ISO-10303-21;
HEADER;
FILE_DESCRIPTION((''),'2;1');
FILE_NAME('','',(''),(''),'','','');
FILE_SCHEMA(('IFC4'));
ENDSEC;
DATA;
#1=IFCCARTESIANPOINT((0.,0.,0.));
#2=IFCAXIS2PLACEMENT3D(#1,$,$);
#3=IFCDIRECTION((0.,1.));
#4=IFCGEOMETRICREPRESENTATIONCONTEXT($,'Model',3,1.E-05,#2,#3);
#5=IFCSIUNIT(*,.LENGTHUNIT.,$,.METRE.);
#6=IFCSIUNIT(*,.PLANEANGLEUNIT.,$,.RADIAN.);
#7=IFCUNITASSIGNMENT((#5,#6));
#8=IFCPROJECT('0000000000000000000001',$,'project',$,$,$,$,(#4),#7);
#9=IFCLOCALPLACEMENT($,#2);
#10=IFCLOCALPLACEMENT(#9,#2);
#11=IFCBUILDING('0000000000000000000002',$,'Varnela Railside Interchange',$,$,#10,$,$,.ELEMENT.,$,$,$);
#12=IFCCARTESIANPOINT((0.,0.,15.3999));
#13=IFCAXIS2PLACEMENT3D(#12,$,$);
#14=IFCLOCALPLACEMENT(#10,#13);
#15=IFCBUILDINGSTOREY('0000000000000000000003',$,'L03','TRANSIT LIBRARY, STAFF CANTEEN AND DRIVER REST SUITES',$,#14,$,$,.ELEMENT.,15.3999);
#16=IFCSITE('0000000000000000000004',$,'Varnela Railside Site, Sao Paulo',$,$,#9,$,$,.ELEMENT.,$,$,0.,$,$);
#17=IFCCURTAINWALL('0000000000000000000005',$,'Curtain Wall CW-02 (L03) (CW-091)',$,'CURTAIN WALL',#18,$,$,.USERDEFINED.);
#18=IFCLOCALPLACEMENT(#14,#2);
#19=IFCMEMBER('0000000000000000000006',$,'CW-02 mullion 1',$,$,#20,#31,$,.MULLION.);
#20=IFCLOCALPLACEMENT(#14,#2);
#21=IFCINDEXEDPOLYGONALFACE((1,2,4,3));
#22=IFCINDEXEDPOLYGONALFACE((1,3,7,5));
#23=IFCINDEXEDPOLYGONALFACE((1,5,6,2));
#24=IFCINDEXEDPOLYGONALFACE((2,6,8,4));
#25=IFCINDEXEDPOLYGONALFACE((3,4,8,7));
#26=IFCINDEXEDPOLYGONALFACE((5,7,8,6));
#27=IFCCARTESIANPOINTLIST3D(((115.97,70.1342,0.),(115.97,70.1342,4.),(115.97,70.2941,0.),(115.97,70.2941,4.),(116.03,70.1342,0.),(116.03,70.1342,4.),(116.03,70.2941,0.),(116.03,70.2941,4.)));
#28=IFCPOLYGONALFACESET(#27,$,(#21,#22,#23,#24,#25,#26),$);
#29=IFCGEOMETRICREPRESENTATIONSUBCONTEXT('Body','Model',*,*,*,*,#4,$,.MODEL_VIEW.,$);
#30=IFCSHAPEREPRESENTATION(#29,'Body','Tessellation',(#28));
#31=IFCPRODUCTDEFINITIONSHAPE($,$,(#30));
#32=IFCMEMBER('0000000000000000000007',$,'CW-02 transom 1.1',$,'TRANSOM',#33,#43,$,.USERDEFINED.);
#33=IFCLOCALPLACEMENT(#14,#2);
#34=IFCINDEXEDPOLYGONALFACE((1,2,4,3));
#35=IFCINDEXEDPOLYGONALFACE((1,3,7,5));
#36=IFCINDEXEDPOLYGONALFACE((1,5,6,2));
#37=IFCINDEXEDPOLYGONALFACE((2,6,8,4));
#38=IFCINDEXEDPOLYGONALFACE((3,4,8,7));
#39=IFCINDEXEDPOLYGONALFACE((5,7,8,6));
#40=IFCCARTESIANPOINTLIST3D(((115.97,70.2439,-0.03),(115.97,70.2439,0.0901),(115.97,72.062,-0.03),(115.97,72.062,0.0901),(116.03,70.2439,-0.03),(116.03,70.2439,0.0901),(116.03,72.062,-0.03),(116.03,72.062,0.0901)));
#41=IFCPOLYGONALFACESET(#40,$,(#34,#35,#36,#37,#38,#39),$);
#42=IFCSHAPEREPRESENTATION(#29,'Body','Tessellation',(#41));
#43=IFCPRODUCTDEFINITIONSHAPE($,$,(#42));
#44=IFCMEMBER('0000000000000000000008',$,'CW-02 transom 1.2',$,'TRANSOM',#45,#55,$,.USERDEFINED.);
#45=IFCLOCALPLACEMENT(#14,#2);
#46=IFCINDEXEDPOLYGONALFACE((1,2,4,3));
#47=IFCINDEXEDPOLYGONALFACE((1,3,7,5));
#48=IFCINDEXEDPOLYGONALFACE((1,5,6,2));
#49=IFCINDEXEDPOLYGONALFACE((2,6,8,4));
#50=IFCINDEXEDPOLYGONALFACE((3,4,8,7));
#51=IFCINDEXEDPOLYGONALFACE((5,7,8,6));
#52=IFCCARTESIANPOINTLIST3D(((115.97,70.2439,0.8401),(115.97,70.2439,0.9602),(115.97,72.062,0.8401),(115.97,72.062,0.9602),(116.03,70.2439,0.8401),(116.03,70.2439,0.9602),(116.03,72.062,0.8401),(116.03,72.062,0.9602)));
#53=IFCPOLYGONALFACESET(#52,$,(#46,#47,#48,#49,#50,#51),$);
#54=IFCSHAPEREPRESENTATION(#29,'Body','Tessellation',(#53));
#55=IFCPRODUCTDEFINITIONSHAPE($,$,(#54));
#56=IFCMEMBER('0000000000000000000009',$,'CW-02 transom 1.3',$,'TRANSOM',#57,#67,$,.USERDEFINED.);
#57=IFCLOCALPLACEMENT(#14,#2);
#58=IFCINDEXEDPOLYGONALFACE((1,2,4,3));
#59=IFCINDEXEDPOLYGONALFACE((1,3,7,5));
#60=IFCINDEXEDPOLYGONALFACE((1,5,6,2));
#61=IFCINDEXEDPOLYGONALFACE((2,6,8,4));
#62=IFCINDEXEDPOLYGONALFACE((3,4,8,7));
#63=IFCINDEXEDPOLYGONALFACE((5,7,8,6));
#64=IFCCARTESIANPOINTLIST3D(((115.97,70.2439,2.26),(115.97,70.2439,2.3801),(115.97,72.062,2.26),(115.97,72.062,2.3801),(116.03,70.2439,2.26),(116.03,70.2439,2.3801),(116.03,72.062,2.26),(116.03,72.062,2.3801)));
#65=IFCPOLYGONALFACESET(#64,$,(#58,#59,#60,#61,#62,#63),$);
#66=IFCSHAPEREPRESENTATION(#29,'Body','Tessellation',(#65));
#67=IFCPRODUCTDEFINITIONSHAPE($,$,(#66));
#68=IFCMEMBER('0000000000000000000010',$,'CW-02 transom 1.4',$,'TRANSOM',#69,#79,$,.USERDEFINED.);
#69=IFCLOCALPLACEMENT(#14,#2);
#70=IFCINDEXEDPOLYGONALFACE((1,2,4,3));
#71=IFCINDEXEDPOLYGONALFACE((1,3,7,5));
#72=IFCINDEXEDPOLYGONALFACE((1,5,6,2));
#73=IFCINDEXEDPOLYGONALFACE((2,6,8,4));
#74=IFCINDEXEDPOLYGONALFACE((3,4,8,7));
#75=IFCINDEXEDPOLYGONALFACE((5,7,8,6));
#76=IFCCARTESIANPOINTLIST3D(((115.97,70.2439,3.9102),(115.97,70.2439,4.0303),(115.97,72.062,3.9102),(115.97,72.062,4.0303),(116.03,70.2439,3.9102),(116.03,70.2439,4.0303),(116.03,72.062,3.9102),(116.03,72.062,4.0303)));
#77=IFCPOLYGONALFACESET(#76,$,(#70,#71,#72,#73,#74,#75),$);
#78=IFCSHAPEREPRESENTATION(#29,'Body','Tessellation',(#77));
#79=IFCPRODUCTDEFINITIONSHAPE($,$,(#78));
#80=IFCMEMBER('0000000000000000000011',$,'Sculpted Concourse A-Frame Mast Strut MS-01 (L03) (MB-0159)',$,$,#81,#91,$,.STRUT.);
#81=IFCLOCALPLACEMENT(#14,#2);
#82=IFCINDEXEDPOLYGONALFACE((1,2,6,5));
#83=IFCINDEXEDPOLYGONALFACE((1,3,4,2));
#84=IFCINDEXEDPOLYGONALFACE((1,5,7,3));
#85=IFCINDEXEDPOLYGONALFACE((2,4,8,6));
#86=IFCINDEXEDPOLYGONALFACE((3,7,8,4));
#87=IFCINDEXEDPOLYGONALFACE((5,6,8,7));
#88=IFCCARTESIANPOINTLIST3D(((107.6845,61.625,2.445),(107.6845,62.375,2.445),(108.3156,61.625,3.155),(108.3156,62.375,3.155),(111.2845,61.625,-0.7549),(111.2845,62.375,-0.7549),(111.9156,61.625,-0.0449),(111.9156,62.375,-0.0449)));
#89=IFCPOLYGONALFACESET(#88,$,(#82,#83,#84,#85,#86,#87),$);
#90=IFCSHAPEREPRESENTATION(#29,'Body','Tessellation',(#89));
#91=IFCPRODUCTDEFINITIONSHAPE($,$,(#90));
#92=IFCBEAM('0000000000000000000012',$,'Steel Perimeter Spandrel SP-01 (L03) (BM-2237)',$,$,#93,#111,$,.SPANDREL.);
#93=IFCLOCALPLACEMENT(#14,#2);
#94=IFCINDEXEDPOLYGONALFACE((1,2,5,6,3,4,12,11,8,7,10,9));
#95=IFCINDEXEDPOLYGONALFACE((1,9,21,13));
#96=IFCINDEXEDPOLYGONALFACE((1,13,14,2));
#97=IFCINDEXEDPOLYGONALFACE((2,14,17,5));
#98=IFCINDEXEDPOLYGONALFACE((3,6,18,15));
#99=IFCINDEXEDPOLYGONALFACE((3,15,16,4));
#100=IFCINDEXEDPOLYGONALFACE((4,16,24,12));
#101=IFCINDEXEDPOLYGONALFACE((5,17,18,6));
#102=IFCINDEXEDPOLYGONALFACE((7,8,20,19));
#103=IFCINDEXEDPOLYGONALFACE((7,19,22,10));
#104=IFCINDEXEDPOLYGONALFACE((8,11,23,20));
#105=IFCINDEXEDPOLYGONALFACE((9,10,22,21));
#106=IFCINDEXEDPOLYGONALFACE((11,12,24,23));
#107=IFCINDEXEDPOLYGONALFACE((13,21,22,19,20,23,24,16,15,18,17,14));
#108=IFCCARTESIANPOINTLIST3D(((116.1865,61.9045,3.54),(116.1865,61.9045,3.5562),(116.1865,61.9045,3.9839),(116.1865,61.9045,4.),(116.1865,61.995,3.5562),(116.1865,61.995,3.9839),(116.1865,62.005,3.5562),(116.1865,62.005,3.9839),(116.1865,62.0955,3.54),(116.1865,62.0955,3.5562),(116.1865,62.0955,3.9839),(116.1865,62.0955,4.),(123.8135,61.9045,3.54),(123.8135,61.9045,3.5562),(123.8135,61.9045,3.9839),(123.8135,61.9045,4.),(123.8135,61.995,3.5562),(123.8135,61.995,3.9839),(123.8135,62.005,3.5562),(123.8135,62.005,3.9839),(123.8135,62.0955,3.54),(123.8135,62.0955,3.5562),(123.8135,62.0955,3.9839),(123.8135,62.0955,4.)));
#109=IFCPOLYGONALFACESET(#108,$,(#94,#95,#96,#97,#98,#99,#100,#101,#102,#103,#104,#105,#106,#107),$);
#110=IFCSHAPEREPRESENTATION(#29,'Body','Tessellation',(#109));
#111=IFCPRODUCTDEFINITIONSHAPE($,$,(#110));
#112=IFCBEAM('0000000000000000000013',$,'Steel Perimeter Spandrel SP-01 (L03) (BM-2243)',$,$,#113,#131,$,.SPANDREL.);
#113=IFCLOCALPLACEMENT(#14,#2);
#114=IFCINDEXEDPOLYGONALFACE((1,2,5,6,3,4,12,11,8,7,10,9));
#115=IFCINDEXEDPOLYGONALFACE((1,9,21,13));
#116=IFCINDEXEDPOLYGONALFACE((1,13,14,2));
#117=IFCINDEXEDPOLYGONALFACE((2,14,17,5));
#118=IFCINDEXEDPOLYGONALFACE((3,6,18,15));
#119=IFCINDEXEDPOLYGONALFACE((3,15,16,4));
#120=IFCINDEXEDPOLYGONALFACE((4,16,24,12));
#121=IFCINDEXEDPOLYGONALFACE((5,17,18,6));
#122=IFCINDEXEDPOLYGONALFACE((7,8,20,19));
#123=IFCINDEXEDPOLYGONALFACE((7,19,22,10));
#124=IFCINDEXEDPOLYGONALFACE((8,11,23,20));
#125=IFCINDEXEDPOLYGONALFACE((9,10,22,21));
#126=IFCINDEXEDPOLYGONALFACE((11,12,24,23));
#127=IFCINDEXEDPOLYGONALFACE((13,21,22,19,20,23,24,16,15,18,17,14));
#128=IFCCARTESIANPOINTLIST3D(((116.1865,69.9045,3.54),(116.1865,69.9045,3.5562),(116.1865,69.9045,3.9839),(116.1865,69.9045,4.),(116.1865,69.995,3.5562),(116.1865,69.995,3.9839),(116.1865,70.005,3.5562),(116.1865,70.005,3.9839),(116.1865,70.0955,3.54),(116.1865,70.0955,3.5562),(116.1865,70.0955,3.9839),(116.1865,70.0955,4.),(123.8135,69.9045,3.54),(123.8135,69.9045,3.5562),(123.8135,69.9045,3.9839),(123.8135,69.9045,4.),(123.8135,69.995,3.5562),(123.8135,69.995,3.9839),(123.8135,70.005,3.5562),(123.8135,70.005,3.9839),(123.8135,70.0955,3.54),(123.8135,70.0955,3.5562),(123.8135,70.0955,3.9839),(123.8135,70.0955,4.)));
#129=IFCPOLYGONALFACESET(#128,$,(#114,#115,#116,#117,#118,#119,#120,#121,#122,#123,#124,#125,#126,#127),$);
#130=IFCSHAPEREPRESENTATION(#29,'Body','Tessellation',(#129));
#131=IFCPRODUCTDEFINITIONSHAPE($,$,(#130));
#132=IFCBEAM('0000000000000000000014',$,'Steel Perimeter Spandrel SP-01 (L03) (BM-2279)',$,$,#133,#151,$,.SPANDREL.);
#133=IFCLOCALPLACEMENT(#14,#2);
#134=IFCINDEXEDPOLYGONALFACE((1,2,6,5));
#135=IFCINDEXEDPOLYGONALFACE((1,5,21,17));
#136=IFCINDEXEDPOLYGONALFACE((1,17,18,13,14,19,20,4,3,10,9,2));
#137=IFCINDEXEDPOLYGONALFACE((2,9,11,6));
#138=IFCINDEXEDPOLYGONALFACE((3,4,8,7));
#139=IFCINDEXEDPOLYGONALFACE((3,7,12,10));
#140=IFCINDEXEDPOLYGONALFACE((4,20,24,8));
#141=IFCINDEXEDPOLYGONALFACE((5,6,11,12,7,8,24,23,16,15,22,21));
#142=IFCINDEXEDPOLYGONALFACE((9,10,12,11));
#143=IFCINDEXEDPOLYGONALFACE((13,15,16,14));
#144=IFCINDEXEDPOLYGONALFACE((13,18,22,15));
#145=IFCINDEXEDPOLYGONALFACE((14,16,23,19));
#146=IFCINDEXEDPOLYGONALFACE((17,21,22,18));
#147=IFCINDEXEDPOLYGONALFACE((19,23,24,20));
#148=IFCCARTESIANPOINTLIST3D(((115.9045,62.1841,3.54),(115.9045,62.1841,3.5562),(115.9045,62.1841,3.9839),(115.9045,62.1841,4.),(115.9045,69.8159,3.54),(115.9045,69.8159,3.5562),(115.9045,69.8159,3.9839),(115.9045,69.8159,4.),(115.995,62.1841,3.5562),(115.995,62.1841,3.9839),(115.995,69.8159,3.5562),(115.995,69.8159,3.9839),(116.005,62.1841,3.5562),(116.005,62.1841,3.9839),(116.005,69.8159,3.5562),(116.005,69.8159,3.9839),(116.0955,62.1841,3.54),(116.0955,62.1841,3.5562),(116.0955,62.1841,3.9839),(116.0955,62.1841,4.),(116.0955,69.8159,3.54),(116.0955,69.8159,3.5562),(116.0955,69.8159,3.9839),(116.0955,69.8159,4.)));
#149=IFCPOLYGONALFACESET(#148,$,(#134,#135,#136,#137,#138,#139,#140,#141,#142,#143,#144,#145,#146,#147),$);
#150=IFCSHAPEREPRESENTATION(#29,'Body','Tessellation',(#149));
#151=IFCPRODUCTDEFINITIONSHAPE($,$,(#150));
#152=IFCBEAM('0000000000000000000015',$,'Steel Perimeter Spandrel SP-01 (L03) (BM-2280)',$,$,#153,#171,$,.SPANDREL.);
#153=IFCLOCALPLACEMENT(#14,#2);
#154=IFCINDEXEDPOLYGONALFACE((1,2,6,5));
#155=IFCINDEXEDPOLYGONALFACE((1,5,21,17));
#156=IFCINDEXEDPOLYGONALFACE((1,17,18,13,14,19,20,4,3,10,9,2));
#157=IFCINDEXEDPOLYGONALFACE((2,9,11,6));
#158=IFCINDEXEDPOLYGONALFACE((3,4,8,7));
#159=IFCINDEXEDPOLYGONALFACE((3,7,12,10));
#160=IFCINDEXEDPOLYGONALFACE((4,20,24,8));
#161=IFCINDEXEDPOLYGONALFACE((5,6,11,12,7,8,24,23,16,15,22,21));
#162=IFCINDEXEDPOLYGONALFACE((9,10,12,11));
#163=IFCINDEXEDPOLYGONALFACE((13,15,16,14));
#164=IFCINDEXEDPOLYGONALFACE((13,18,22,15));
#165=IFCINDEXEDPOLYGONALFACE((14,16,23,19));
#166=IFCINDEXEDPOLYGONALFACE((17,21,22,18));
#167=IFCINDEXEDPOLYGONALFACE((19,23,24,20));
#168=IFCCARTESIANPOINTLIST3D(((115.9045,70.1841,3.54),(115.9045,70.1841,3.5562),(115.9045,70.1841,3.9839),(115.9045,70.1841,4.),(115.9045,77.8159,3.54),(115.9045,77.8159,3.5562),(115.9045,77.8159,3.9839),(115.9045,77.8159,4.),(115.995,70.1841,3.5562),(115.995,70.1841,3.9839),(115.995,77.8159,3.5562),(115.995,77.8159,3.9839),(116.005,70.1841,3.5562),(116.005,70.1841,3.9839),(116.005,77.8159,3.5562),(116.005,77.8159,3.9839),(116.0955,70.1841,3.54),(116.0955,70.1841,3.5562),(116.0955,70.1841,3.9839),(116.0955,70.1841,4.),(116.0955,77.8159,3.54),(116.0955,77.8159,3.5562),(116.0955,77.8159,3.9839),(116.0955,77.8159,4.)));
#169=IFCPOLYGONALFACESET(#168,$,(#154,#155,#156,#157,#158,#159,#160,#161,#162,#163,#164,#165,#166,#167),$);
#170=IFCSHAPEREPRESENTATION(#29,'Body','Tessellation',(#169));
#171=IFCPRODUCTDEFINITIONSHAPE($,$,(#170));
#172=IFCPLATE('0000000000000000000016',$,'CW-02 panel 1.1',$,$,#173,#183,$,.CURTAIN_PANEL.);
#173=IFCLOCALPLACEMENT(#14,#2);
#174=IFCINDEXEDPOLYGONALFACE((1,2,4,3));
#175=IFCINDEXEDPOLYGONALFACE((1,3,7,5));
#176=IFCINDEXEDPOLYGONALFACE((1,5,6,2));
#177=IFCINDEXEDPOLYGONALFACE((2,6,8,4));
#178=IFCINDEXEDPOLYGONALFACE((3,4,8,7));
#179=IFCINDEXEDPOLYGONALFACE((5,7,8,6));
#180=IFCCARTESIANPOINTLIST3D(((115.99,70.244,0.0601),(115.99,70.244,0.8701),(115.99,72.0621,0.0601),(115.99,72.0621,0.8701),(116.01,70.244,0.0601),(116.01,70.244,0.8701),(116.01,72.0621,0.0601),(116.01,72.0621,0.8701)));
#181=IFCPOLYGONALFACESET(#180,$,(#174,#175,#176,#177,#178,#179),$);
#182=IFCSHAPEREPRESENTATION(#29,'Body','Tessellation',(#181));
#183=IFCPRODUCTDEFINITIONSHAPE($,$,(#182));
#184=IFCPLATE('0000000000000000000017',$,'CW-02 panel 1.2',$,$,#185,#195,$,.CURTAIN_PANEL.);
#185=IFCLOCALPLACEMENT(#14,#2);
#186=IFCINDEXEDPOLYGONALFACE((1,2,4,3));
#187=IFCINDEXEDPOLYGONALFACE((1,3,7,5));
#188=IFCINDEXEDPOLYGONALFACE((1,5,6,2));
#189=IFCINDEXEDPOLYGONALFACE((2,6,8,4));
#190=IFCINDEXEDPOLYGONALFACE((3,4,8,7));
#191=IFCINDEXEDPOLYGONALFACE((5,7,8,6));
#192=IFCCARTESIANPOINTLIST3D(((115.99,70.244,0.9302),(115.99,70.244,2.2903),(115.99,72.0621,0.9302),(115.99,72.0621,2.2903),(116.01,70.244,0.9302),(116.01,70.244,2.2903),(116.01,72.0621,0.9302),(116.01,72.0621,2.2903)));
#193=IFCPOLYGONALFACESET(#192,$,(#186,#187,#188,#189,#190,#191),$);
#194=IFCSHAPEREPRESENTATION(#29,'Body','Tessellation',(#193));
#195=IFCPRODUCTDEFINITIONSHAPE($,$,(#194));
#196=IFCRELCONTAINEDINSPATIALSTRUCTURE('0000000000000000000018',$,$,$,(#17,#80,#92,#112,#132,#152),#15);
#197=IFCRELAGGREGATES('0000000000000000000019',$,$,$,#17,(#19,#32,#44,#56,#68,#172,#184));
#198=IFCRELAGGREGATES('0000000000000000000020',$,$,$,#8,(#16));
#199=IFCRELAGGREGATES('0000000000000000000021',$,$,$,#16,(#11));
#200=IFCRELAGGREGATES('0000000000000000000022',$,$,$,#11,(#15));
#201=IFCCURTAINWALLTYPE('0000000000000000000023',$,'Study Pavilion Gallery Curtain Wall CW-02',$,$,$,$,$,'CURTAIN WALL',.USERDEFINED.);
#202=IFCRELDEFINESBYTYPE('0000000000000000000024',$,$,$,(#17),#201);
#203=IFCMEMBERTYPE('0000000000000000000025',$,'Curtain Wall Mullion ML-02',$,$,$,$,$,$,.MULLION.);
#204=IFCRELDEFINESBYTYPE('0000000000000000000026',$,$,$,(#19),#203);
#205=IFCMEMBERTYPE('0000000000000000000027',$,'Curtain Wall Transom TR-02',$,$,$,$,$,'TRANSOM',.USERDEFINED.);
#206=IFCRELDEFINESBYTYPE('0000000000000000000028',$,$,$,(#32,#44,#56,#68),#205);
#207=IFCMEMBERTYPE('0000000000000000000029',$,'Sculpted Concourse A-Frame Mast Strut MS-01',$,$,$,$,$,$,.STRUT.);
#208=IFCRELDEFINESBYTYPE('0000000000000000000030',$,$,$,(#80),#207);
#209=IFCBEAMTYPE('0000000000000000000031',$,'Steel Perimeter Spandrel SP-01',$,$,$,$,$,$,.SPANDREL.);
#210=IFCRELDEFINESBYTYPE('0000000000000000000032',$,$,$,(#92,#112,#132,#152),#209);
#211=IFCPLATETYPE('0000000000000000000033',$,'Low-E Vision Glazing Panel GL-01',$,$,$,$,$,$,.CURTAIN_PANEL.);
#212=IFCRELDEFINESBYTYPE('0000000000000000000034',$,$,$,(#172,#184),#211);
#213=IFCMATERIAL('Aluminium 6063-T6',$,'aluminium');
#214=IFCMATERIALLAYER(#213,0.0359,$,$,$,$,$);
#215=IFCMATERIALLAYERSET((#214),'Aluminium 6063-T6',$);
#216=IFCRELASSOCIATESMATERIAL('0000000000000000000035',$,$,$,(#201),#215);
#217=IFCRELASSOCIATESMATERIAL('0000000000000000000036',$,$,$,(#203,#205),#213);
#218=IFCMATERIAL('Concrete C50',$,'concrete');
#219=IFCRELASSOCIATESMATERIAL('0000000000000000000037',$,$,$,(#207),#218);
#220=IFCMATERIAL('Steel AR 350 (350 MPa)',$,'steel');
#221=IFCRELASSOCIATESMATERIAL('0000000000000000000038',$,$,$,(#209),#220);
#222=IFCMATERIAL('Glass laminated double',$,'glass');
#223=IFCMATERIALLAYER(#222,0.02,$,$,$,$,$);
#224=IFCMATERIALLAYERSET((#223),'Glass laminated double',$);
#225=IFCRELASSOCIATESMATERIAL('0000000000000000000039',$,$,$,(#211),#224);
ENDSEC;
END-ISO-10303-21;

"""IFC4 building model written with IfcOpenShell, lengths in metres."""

from ifc_helpers import new_model, si_unit, direction, frame, origin, origin_2d, place, context, subcontext, project, spatial, rectangle, i_section, extrude, material, layer, layer_set, material_profile, profile_set, type_object, element, aggregate, save


model = new_model("IFC4")

# Units and contexts
model_context = context("Model", 3, precision=1e-05, world=origin(), true_north=direction((0.0, 1.0)))
body_context = subcontext(model_context, "Body", "Model", "MODEL_VIEW")
ifc_project = project(units=[si_unit("LENGTHUNIT", "METRE"), si_unit("PLANEANGLEUNIT", "RADIAN")], contexts=[model_context])

# Site, building, storey
site_placement = place(None, origin())
site = spatial("IfcSite", under=ifc_project, at=site_placement, Name="Varnela Railside Site, Sao Paulo", CompositionType="ELEMENT", RefElevation=0.0)
building_placement = place(site_placement, origin())
building = spatial("IfcBuilding", under=site, at=building_placement, Name="Varnela Railside Interchange", CompositionType="ELEMENT")
storey_placement = place(building_placement, frame((0.0, 0.0, 15.3999)))
storey = spatial("IfcBuildingStorey", under=building, at=storey_placement, Name="L03", Description="TRANSIT LIBRARY, STAFF CANTEEN AND DRIVER REST SUITES", CompositionType="ELEMENT", Elevation=15.3999)

# Shared definitions
ifc_material_1 = material(Name="Steel AR 350 (350 MPa)", Category="steel")

# Curtain wall, members
ifc_material_2 = material(Name="Aluminium 6063-T6", Category="aluminium")
ifc_layer_1 = layer(ifc_material_2, 0.0359)
ifc_layer_set_1 = layer_set([ifc_layer_1], Name="Aluminium 6063-T6")
curtain_wall_type = type_object("IfcCurtainWallType", Name="Study Pavilion Gallery Curtain Wall CW-02", ElementType="CURTAIN WALL", PredefinedType="USERDEFINED", material=ifc_layer_set_1)
curtain_wall_placement = place(storey_placement, origin())
curtain_wall = element("IfcCurtainWall", 1, at=curtain_wall_placement, inside=storey, type_object=curtain_wall_type, Name="Curtain Wall CW-02 (L03) (CW-091)", ObjectType="CURTAIN WALL", PredefinedType="USERDEFINED")
ifc_material_profile_1 = material_profile(ifc_material_2, rectangle(XDim=0.0601, YDim=0.1599, at=origin_2d()), Name="ALU 60x160")
ifc_profile_set_1 = profile_set([ifc_material_profile_1], Name="Aluminium 6063-T6")
member_type_1 = type_object("IfcMemberType", Name="Curtain Wall Mullion ML-02", PredefinedType="MULLION", material=ifc_profile_set_1)
member_1_placement = place(storey_placement, frame((116.0, 70.2141, 0.0), z_axis=(0.0, 0.0, 1.0), x_axis=(-1.0, 0.0, 0.0)))
member_1 = element("IfcMember", 2, at=member_1_placement, type_object=member_type_1, Name="CW-02 mullion 1", PredefinedType="MULLION", context=body_context, shape_type="SweptSolid", body=[
    extrude(rectangle(XDim=0.0601, YDim=0.1599, at=origin_2d()), origin(), (0.0, 0.0, 1.0), 4.0),
])
ifc_material_profile_2 = material_profile(ifc_material_2, rectangle(XDim=0.0601, YDim=0.1201, at=origin_2d()), Name="ALU 60x120")
ifc_profile_set_2 = profile_set([ifc_material_profile_2], Name="Aluminium 6063-T6")
member_type_2 = type_object("IfcMemberType", Name="Curtain Wall Transom TR-02", ElementType="TRANSOM", PredefinedType="USERDEFINED", material=ifc_profile_set_2)
member_2_placement = place(storey_placement, frame((116.0, 70.2439, 0.03), z_axis=(0.0, 1.0, 0.0), x_axis=(-1.0, 0.0, 0.0)))
member_2 = element("IfcMember", 3, at=member_2_placement, type_object=member_type_2, Name="CW-02 transom 1.1", ObjectType="TRANSOM", PredefinedType="USERDEFINED", context=body_context, shape_type="SweptSolid", body=[
    extrude(rectangle(XDim=0.0601, YDim=0.1201, at=origin_2d()), origin(), (0.0, 0.0, 1.0), 1.8181),
])
member_3_placement = place(storey_placement, frame((116.0, 70.2439, 0.9001), z_axis=(0.0, 1.0, 0.0), x_axis=(-1.0, 0.0, 0.0)))
member_3 = element("IfcMember", 4, at=member_3_placement, type_object=member_type_2, Name="CW-02 transom 1.2", ObjectType="TRANSOM", PredefinedType="USERDEFINED", context=body_context, shape_type="SweptSolid", body=[
    extrude(rectangle(XDim=0.0601, YDim=0.1201, at=origin_2d()), origin(), (0.0, 0.0, 1.0), 1.8181),
])
member_4_placement = place(storey_placement, frame((116.0, 70.2439, 2.3201), z_axis=(0.0, 1.0, 0.0), x_axis=(-1.0, 0.0, 0.0)))
member_4 = element("IfcMember", 5, at=member_4_placement, type_object=member_type_2, Name="CW-02 transom 1.3", ObjectType="TRANSOM", PredefinedType="USERDEFINED", context=body_context, shape_type="SweptSolid", body=[
    extrude(rectangle(XDim=0.0601, YDim=0.1201, at=origin_2d()), origin(), (0.0, 0.0, 1.0), 1.8181),
])
member_5_placement = place(storey_placement, frame((116.0, 70.2439, 3.9702), z_axis=(0.0, 1.0, 0.0), x_axis=(-1.0, 0.0, 0.0)))
member_5 = element("IfcMember", 6, at=member_5_placement, type_object=member_type_2, Name="CW-02 transom 1.4", ObjectType="TRANSOM", PredefinedType="USERDEFINED", context=body_context, shape_type="SweptSolid", body=[
    extrude(rectangle(XDim=0.0601, YDim=0.1201, at=origin_2d()), origin(), (0.0, 0.0, 1.0), 1.8181),
])

# Member
ifc_material_3 = material(Name="Concrete C50", Category="concrete")
ifc_material_profile_3 = material_profile(ifc_material_3, rectangle(XDim=0.75, YDim=0.95, at=origin_2d()), Name="RC 750x950")
ifc_profile_set_3 = profile_set([ifc_material_profile_3], Name="Concrete C50")
member_type_3 = type_object("IfcMemberType", Name="Sculpted Concourse A-Frame Mast Strut MS-01", PredefinedType="STRUT", material=ifc_profile_set_3)
member_6_placement = place(storey_placement, frame((111.6001, 62.0, -0.3999), z_axis=(-0.747423, 0.0, 0.664348), x_axis=(0.0, -1.0, 0.0)))
element("IfcMember", 7, at=member_6_placement, inside=storey, type_object=member_type_3, Name="Sculpted Concourse A-Frame Mast Strut MS-01 (L03) (MB-0159)", PredefinedType="STRUT", context=body_context, shape_type="SweptSolid", body=[
    extrude(rectangle(XDim=0.75, YDim=0.95, at=origin_2d()), origin(), (0.0, 0.0, 1.0), 4.8167),
])

# Beams
ifc_material_profile_4 = material_profile(ifc_material_1, i_section(OverallWidth=0.1909, OverallDepth=0.46, WebThickness=0.01, FlangeThickness=0.0161, at=origin_2d()), Name="W460x82")
ifc_profile_set_4 = profile_set([ifc_material_profile_4], Name="Steel AR 350 (350 MPa)")
beam_type = type_object("IfcBeamType", Name="Steel Perimeter Spandrel SP-01", PredefinedType="SPANDREL", material=ifc_profile_set_4)
for number, where, z_axis, x_axis, name in (
    (8, (116.1865, 62.0, 3.77), (1.0, 0.0, 0.0), (0.0, 1.0, 0.0), "Steel Perimeter Spandrel SP-01 (L03) (BM-2237)"),
    (9, (116.1865, 70.0, 3.77), (1.0, 0.0, 0.0), (0.0, 1.0, 0.0), "Steel Perimeter Spandrel SP-01 (L03) (BM-2243)"),
):
    element("IfcBeam", number, at=place(storey_placement, frame(where, z_axis=z_axis, x_axis=x_axis)), inside=storey, type_object=beam_type, Name=name, PredefinedType="SPANDREL", context=body_context, shape_type="SweptSolid", body=[
        extrude(i_section(OverallWidth=0.1909, OverallDepth=0.46, WebThickness=0.01, FlangeThickness=0.0161, at=origin_2d()), origin(), (0.0, 0.0, 1.0), 7.627),
    ])
for number, where, z_axis, x_axis, name in (
    (10, (116.0, 62.1841, 3.77), (0.0, 1.0, 0.0), (-1.0, 0.0, 0.0), "Steel Perimeter Spandrel SP-01 (L03) (BM-2279)"),
    (11, (116.0, 70.1841, 3.77), (0.0, 1.0, 0.0), (-1.0, 0.0, 0.0), "Steel Perimeter Spandrel SP-01 (L03) (BM-2280)"),
):
    element("IfcBeam", number, at=place(storey_placement, frame(where, z_axis=z_axis, x_axis=x_axis)), inside=storey, type_object=beam_type, Name=name, PredefinedType="SPANDREL", context=body_context, shape_type="SweptSolid", body=[
        extrude(i_section(OverallWidth=0.1909, OverallDepth=0.46, WebThickness=0.01, FlangeThickness=0.0161, at=origin_2d()), origin(), (0.0, 0.0, 1.0), 7.6318),
    ])

# Plates
ifc_material_4 = material(Name="Glass laminated double", Category="glass")
ifc_layer_2 = layer(ifc_material_4, 0.02)
ifc_layer_set_2 = layer_set([ifc_layer_2], Name="Glass laminated double")
plate_type = type_object("IfcPlateType", Name="Low-E Vision Glazing Panel GL-01", PredefinedType="CURTAIN_PANEL", material=ifc_layer_set_2)
plate_1_placement = place(storey_placement, frame((116.0, 71.1531, 0.0601), z_axis=(0.0, 0.0, 1.0), x_axis=(0.0, 1.0, 0.0)))
plate_1 = element("IfcPlate", 12, at=plate_1_placement, type_object=plate_type, Name="CW-02 panel 1.1", PredefinedType="CURTAIN_PANEL", context=body_context, shape_type="SweptSolid", body=[
    extrude(rectangle(XDim=1.8181, YDim=0.02, at=origin_2d()), origin(), (0.0, 0.0, 1.0), 0.8101),
])
plate_2_placement = place(storey_placement, frame((116.0, 71.1531, 0.9302), z_axis=(0.0, 0.0, 1.0), x_axis=(0.0, 1.0, 0.0)))
plate_2 = element("IfcPlate", 13, at=plate_2_placement, type_object=plate_type, Name="CW-02 panel 1.2", PredefinedType="CURTAIN_PANEL", context=body_context, shape_type="SweptSolid", body=[
    extrude(rectangle(XDim=1.8181, YDim=0.02, at=origin_2d()), origin(), (0.0, 0.0, 1.0), 1.3601),
])
aggregate(curtain_wall, [member_1, member_2, member_3, member_4, member_5, plate_1, plate_2])

save(model, "model.ifc")
